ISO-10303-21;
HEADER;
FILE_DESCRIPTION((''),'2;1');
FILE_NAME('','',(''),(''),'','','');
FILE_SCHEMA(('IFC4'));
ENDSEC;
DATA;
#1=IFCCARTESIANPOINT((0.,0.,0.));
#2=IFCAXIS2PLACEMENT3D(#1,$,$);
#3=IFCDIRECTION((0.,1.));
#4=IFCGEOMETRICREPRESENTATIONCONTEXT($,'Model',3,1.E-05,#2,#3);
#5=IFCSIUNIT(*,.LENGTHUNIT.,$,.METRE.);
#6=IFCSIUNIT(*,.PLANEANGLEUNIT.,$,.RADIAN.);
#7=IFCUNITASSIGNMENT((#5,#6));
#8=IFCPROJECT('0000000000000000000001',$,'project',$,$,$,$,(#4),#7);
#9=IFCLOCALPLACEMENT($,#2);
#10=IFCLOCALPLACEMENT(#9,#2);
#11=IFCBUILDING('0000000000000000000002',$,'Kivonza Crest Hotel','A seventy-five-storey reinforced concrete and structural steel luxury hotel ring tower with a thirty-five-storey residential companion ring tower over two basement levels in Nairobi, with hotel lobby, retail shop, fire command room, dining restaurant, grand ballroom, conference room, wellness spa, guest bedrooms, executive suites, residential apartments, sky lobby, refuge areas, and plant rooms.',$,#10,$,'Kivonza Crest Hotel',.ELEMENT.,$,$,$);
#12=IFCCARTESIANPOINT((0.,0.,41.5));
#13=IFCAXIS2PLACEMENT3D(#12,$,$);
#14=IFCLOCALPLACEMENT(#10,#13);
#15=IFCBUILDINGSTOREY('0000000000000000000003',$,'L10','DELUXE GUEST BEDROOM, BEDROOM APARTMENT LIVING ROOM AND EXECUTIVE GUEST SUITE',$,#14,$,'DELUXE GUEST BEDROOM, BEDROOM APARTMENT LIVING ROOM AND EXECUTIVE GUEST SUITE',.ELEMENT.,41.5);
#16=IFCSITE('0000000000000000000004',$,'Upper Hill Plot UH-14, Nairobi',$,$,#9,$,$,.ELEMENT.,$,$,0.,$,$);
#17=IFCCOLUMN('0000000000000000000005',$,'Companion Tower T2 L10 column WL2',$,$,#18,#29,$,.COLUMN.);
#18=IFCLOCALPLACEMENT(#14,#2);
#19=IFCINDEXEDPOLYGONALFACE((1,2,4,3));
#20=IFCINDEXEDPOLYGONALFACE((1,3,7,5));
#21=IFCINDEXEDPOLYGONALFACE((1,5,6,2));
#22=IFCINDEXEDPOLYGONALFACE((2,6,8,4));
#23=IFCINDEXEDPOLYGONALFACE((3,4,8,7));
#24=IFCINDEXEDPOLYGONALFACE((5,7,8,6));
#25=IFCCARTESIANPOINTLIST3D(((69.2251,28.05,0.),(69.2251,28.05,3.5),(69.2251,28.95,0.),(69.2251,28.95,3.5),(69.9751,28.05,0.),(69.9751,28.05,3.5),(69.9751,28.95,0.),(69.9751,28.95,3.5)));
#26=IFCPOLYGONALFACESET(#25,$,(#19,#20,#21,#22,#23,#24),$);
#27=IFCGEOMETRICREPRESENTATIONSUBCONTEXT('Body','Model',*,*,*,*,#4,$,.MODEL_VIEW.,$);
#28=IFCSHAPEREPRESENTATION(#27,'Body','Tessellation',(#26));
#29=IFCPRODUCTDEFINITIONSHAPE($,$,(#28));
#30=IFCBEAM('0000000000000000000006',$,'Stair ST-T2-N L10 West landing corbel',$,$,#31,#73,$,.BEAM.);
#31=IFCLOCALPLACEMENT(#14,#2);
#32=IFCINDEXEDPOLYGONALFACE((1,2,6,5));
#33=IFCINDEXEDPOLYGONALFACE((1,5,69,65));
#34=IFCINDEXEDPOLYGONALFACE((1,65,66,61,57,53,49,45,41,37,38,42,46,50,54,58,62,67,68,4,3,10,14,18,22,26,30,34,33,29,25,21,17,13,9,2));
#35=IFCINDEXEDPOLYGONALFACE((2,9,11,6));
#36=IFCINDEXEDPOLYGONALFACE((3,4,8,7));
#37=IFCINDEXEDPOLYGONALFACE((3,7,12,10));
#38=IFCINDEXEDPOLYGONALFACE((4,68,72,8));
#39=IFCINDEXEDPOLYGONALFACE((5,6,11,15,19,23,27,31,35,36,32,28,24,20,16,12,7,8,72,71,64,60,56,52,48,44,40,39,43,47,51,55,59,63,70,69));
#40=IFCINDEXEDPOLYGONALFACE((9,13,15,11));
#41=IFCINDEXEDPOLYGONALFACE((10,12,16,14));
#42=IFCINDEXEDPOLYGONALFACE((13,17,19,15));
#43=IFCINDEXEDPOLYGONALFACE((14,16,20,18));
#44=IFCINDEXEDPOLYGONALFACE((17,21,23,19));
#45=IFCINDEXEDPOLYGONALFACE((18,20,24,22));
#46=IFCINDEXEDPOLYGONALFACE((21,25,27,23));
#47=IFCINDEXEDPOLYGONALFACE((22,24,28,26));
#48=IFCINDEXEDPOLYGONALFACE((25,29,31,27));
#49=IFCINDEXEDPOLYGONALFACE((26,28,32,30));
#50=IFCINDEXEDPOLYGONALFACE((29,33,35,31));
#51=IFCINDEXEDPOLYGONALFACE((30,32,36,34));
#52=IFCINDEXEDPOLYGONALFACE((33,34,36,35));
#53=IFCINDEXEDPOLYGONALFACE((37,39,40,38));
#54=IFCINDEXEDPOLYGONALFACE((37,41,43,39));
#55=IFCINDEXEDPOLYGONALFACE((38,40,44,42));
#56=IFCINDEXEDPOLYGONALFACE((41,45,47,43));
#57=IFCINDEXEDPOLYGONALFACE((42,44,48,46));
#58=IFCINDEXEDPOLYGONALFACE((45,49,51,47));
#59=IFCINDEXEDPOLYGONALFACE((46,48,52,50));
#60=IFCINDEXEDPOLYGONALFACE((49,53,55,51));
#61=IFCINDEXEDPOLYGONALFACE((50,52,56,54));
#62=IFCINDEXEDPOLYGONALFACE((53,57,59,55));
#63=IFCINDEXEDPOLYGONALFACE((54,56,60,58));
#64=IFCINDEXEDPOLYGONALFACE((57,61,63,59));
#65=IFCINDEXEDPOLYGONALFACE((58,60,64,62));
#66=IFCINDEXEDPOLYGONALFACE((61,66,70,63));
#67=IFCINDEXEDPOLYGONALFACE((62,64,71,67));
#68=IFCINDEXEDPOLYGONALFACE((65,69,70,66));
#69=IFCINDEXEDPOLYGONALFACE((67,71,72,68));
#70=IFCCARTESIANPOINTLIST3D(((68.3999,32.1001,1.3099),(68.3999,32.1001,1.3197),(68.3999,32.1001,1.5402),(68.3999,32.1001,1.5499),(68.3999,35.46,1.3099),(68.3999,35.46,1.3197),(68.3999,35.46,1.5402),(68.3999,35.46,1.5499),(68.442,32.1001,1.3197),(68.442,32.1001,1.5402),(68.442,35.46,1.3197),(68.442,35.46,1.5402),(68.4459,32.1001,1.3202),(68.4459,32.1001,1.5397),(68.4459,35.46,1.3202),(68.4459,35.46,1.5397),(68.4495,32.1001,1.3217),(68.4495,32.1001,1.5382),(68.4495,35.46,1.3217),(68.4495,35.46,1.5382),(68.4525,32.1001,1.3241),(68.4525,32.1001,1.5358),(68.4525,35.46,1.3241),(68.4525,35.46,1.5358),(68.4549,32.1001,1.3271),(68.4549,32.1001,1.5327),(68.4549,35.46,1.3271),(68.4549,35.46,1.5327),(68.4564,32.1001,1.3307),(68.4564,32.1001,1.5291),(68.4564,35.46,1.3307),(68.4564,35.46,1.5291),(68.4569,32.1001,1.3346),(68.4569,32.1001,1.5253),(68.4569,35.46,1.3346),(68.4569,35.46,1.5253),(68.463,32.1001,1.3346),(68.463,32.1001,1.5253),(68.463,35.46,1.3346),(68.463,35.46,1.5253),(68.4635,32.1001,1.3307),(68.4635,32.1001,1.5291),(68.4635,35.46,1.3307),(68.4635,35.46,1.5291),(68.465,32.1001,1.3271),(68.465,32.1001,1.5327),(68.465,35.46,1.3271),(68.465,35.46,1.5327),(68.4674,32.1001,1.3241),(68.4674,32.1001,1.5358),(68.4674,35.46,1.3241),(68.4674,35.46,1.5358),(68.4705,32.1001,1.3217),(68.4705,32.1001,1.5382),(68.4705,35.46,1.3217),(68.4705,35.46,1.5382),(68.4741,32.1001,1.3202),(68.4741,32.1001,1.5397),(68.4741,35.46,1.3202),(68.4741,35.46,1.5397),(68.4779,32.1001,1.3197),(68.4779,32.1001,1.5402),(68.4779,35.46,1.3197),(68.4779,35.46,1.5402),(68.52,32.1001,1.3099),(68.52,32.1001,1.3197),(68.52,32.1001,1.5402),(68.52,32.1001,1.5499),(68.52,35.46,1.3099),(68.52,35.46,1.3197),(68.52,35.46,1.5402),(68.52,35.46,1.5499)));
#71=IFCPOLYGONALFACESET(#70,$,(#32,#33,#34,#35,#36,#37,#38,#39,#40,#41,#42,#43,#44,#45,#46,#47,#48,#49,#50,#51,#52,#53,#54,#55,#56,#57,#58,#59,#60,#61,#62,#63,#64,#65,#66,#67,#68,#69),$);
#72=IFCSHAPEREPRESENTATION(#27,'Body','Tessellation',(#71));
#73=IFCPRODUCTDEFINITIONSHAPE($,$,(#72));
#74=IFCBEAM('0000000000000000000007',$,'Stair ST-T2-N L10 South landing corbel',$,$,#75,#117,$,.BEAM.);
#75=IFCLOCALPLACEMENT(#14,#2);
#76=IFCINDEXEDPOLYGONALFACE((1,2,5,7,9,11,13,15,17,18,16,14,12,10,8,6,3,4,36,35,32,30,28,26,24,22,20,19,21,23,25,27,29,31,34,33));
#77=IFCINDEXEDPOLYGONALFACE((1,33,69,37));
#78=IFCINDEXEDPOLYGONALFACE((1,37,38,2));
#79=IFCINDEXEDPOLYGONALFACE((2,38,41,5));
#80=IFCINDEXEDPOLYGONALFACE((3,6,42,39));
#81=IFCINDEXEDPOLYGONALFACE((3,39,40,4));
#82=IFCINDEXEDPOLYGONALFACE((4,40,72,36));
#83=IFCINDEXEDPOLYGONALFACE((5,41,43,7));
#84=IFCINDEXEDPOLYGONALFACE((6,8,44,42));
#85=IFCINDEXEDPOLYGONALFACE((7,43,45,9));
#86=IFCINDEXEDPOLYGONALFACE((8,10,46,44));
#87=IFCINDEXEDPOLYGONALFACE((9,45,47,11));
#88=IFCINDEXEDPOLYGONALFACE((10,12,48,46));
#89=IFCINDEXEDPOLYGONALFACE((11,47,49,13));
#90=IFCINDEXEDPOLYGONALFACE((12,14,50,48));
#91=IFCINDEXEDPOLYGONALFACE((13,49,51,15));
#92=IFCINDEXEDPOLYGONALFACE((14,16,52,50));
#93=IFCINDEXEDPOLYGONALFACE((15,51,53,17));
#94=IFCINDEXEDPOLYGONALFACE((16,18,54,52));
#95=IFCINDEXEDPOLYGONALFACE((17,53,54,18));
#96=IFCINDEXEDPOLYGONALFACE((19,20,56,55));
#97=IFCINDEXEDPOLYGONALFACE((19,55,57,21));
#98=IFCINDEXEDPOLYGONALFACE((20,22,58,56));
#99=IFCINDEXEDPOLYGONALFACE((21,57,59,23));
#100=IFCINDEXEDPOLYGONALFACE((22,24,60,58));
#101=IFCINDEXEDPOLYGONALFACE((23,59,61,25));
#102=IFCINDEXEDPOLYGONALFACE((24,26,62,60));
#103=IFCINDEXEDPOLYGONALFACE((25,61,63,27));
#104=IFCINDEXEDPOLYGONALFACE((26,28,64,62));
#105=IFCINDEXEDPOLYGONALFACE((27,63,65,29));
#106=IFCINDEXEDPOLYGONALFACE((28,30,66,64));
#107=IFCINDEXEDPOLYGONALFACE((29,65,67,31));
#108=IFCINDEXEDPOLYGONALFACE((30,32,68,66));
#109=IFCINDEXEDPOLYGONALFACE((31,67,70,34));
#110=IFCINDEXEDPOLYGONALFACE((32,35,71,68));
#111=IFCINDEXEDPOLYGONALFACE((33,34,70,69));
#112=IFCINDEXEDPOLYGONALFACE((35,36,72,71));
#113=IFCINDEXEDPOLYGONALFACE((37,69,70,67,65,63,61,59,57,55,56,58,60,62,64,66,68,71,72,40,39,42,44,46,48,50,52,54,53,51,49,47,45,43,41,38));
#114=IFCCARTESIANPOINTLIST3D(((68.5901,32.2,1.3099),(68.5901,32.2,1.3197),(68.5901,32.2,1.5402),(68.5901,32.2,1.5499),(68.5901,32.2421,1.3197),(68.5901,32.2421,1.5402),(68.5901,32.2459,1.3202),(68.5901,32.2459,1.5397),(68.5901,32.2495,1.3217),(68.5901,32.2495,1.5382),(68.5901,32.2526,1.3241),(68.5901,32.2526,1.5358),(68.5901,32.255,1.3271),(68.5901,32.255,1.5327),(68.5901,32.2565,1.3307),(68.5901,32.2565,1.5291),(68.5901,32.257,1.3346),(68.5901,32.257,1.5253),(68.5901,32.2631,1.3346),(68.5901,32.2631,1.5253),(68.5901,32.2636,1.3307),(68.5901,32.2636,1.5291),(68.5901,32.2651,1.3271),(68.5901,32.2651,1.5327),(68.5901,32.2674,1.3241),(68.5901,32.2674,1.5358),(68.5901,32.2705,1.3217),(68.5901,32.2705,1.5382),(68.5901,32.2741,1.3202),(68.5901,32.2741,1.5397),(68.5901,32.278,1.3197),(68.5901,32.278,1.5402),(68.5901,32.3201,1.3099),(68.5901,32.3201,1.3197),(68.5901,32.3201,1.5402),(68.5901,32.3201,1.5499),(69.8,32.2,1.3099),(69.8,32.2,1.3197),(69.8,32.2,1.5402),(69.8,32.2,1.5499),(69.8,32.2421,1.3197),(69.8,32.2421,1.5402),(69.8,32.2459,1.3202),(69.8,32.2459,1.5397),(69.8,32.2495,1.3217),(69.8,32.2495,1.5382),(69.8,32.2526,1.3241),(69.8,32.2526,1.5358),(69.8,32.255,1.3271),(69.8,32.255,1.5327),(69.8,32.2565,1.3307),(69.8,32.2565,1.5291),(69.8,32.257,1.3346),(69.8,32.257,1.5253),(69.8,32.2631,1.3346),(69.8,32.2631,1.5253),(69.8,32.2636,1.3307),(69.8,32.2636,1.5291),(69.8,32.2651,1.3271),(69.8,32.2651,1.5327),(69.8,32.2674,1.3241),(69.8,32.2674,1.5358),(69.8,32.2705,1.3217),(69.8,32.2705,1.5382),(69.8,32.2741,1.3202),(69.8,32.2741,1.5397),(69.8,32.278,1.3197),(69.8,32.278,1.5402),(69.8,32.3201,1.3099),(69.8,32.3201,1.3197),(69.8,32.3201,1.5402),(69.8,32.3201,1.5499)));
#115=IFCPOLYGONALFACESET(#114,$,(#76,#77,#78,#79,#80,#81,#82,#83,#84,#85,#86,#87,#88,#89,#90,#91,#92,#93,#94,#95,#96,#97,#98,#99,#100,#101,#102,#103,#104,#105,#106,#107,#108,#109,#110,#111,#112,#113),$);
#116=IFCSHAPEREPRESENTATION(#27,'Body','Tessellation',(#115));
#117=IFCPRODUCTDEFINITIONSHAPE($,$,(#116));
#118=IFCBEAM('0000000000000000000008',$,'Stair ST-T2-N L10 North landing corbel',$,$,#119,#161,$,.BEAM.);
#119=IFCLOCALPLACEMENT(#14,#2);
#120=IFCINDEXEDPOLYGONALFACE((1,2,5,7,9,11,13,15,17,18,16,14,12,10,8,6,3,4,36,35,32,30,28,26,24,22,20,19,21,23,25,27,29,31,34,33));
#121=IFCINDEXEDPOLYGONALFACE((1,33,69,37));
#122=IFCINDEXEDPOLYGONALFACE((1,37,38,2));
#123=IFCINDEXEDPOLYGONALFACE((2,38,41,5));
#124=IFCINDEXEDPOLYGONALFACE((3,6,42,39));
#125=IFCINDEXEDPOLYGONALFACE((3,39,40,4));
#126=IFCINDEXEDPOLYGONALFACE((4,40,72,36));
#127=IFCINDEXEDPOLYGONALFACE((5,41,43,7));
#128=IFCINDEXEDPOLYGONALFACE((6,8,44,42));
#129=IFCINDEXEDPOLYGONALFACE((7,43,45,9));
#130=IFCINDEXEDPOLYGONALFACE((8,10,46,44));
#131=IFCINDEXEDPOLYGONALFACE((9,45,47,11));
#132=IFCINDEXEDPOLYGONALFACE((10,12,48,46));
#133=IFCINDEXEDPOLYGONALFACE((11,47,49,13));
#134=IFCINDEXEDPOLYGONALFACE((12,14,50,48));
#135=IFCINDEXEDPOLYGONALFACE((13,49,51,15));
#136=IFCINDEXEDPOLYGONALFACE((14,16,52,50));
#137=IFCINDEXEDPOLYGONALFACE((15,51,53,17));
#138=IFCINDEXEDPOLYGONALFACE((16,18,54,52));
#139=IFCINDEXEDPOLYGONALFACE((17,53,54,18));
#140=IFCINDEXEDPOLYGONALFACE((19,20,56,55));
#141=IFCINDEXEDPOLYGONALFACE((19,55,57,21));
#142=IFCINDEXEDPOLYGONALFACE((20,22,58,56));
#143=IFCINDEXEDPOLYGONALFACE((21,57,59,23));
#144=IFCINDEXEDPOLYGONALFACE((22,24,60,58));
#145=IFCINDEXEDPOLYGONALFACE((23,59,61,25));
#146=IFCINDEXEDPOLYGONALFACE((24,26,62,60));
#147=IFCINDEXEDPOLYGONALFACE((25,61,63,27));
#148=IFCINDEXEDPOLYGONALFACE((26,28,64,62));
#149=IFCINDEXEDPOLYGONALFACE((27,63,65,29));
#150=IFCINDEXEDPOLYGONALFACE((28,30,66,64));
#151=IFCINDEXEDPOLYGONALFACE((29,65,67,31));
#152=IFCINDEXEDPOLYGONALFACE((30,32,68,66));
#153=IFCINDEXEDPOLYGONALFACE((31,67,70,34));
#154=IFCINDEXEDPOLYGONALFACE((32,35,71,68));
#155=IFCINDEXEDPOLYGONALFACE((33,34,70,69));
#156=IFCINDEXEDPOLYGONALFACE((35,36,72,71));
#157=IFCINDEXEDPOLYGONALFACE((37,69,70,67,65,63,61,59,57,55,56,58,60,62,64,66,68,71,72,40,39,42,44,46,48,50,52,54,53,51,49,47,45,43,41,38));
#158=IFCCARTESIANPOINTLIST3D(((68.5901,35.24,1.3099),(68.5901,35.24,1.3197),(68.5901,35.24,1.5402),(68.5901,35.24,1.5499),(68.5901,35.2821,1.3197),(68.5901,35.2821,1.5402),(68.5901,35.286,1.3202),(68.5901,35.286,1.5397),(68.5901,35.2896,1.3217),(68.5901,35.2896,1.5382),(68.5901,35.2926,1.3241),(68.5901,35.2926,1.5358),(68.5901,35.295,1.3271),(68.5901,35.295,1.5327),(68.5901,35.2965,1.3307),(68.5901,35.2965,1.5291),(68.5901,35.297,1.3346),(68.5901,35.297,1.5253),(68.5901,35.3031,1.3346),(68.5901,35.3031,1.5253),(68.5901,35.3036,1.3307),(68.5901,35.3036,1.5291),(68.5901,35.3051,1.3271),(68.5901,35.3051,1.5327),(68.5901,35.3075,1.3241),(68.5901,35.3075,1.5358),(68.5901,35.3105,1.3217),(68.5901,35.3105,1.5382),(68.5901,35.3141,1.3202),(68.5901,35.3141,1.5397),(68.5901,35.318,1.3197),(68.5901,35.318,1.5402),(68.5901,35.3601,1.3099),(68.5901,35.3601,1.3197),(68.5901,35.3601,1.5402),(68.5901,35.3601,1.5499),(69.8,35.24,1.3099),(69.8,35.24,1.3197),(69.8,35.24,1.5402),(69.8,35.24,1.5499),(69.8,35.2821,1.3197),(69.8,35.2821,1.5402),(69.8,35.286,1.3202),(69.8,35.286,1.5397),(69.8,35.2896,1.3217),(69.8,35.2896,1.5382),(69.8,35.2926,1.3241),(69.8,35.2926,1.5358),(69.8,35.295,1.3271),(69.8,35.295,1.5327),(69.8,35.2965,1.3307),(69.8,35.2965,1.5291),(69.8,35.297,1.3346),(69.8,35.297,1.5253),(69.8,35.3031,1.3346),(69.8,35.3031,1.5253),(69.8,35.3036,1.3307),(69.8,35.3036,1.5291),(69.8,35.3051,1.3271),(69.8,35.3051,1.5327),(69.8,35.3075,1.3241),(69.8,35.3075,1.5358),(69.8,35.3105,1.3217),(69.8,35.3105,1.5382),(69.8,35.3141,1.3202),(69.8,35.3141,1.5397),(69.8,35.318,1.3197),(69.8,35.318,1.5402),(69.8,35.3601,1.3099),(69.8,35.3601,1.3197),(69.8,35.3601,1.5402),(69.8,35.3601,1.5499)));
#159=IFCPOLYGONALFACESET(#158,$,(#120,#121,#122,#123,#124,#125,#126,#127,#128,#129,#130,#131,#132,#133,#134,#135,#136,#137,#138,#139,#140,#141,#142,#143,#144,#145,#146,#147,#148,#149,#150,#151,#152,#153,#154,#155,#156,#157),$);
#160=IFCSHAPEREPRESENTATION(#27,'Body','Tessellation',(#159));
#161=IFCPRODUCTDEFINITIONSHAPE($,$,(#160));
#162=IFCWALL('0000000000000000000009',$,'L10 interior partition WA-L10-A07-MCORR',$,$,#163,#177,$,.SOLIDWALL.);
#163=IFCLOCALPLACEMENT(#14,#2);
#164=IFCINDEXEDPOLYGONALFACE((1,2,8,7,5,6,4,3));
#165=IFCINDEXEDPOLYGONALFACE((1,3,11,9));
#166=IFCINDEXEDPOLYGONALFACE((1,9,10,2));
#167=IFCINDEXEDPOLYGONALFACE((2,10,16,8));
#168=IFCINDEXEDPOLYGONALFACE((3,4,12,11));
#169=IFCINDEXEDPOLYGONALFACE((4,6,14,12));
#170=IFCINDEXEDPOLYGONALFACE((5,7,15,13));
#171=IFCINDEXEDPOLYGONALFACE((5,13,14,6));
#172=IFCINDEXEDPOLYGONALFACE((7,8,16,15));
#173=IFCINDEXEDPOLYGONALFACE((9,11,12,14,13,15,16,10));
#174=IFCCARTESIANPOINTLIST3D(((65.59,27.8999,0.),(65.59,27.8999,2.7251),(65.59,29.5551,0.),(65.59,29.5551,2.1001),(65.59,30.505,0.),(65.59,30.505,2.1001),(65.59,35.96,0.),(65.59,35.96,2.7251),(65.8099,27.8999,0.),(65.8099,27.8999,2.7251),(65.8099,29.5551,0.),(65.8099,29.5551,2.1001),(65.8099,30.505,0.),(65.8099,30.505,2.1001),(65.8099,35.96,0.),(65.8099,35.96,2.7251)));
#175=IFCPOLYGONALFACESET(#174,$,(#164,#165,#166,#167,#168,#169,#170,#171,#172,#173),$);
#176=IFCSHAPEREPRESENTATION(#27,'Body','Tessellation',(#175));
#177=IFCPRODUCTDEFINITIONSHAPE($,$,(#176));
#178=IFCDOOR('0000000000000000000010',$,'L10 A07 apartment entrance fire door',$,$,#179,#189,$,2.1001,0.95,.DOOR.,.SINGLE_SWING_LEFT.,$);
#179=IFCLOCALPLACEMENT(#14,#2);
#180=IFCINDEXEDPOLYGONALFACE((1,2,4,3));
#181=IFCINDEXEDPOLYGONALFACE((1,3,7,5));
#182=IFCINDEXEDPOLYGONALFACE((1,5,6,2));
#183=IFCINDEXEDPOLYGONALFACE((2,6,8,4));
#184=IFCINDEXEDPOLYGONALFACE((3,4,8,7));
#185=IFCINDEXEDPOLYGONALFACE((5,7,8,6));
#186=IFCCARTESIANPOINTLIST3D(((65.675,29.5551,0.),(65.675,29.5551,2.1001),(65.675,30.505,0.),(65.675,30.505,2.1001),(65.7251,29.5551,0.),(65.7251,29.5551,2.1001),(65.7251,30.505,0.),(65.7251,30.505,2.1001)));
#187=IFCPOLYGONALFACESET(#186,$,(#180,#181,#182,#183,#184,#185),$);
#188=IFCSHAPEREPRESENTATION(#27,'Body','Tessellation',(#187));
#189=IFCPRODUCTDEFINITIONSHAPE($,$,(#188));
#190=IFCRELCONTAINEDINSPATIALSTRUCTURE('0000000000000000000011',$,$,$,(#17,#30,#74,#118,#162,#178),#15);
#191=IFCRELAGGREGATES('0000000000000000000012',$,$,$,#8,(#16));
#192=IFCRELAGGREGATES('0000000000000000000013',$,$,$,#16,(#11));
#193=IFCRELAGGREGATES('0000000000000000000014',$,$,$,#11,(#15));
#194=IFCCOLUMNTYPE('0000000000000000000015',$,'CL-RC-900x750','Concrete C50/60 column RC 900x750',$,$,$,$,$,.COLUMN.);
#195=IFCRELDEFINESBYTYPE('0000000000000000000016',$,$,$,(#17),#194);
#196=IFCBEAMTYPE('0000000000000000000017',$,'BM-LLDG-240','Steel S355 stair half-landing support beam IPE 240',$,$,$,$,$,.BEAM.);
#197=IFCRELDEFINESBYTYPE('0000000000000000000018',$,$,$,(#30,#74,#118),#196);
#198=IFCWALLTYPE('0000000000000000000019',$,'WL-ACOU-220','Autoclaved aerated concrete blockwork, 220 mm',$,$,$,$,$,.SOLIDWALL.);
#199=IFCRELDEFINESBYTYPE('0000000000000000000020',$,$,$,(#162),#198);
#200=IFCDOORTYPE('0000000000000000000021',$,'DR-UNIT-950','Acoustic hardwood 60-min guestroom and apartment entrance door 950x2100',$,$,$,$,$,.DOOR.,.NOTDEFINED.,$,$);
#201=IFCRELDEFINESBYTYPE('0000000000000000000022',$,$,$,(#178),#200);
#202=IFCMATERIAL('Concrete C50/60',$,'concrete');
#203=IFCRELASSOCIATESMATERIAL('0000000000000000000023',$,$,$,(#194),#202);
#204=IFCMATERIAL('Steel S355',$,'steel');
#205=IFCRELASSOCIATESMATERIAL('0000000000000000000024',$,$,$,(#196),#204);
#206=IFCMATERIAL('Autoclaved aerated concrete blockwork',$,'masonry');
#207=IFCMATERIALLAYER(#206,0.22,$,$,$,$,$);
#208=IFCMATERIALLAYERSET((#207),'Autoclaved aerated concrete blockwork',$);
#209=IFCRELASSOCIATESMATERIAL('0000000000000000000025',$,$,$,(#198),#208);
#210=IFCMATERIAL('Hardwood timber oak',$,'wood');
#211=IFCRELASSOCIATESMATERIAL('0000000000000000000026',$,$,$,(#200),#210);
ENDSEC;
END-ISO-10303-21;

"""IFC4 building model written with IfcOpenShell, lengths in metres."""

from ifc_helpers import new_model, si_unit, direction, frame, frame_2d, origin, origin_2d, place, context, subcontext, project, spatial, rectangle, i_section, extrude, material, layer, layer_set, material_profile, profile_set, type_object, element, fill, save


model = new_model("IFC4")

# Units and contexts
model_context = context("Model", 3, precision=1e-05, world=origin(), true_north=direction((0.0, 1.0)))
body_context = subcontext(model_context, "Body", "Model", "MODEL_VIEW")
ifc_project = project(units=[si_unit("LENGTHUNIT", "METRE"), si_unit("PLANEANGLEUNIT", "RADIAN")], contexts=[model_context])

# Site, building, storey
site_placement = place(None, origin())
site = spatial("IfcSite", under=ifc_project, at=site_placement, Name="Upper Hill Plot UH-14, Nairobi", CompositionType="ELEMENT", RefElevation=0.0)
building_placement = place(site_placement, origin())
building = spatial("IfcBuilding", under=site, at=building_placement, Name="Kivonza Crest Hotel", Description="A seventy-five-storey reinforced concrete and structural steel luxury hotel ring tower with a thirty-five-storey residential companion ring tower over two basement levels in Nairobi, with hotel lobby, retail shop, fire command room, dining restaurant, grand ballroom, conference room, wellness spa, guest bedrooms, executive suites, residential apartments, sky lobby, refuge areas, and plant rooms.", LongName="Kivonza Crest Hotel", CompositionType="ELEMENT")
storey_placement = place(building_placement, frame((0.0, 0.0, 41.5)))
storey = spatial("IfcBuildingStorey", under=building, at=storey_placement, Name="L10", Description="DELUXE GUEST BEDROOM, BEDROOM APARTMENT LIVING ROOM AND EXECUTIVE GUEST SUITE", LongName="DELUXE GUEST BEDROOM, BEDROOM APARTMENT LIVING ROOM AND EXECUTIVE GUEST SUITE", CompositionType="ELEMENT", Elevation=41.5)

# Column
ifc_material_1 = material(Name="Concrete C50/60", Category="concrete")
ifc_material_profile_1 = material_profile(ifc_material_1, rectangle(XDim=0.75, YDim=0.8999, at=origin_2d()), Name="RC 900x750")
ifc_profile_set_1 = profile_set([ifc_material_profile_1], Name="Concrete C50/60")
column_type = type_object("IfcColumnType", Name="CL-RC-900x750", Description="Concrete C50/60 column RC 900x750", PredefinedType="COLUMN", material=ifc_profile_set_1)
column_placement = place(storey_placement, frame((69.6001, 28.5, 0.0), z_axis=(0.0, 0.0, 1.0), x_axis=(1.0, 0.0, 0.0)))
element("IfcColumn", 1, at=column_placement, inside=storey, type_object=column_type, Name="Companion Tower T2 L10 column WL2", PredefinedType="COLUMN", context=body_context, shape_type="SweptSolid", body=[
    extrude(rectangle(XDim=0.75, YDim=0.8999, at=origin_2d()), origin(), (0.0, 0.0, 1.0), 3.5),
])

# Beams
ifc_material_2 = material(Name="Steel S355", Category="steel")
ifc_material_profile_2 = material_profile(ifc_material_2, i_section(OverallWidth=0.1201, OverallDepth=0.24, WebThickness=0.0061, FlangeThickness=0.0098, FilletRadius=0.0149, at=origin_2d()), Name="IPE 240")
ifc_profile_set_2 = profile_set([ifc_material_profile_2], Name="Steel S355")
beam_type = type_object("IfcBeamType", Name="BM-LLDG-240", Description="Steel S355 stair half-landing support beam IPE 240", PredefinedType="BEAM", material=ifc_profile_set_2)
beam_placement = place(storey_placement, frame((68.46, 32.1001, 1.4299), z_axis=(0.0, 1.0, 0.0), x_axis=(-1.0, 0.0, 0.0)))
element("IfcBeam", 2, at=beam_placement, inside=storey, type_object=beam_type, Name="Stair ST-T2-N L10 West landing corbel", PredefinedType="BEAM", context=body_context, shape_type="SweptSolid", body=[
    extrude(i_section(OverallWidth=0.1201, OverallDepth=0.24, WebThickness=0.0061, FlangeThickness=0.0098, FilletRadius=0.0149, at=origin_2d()), origin(), (0.0, 0.0, 1.0), 3.3599),
])
for number, where, z_axis, x_axis, name in (
    (3, (68.5901, 32.26, 1.4299), (1.0, 0.0, 0.0), (0.0, 1.0, 0.0), "Stair ST-T2-N L10 South landing corbel"),
    (4, (68.5901, 35.3, 1.4299), (1.0, 0.0, 0.0), (0.0, 1.0, 0.0), "Stair ST-T2-N L10 North landing corbel"),
):
    element("IfcBeam", number, at=place(storey_placement, frame(where, z_axis=z_axis, x_axis=x_axis)), inside=storey, type_object=beam_type, Name=name, PredefinedType="BEAM", context=body_context, shape_type="SweptSolid", body=[
        extrude(i_section(OverallWidth=0.1201, OverallDepth=0.24, WebThickness=0.0061, FlangeThickness=0.0098, FilletRadius=0.0149, at=origin_2d()), origin(), (0.0, 0.0, 1.0), 1.21),
    ])

# Wall, opening, door
ifc_material_3 = material(Name="Autoclaved aerated concrete blockwork", Category="masonry")
ifc_layer_1 = layer(ifc_material_3, 0.22)
ifc_layer_set_1 = layer_set([ifc_layer_1], Name="Autoclaved aerated concrete blockwork")
wall_type_1 = type_object("IfcWallType", Name="WL-ACOU-220", Description="Autoclaved aerated concrete blockwork, 220 mm", PredefinedType="SOLIDWALL", material=ifc_layer_set_1)
wall_1_placement = place(storey_placement, frame((65.7, 27.8999, 0.0), z_axis=(0.0, 0.0, 1.0), x_axis=(0.0, 1.0, 0.0)))
wall_1 = element("IfcWall", 5, at=wall_1_placement, inside=storey, type_object=wall_type_1, Name="L10 interior partition WA-L10-A07-MCORR", PredefinedType="SOLIDWALL", context=body_context, shape_type="SweptSolid", body=[
    extrude(rectangle(XDim=8.0601, YDim=0.22, at=frame_2d((4.03, 0.0))), origin(), (0.0, 0.0, 1.0), 2.7251),
])
opening_1_placement = place(wall_1_placement, frame((1.655, 0.0, 0.0)))
opening_1 = element("IfcOpeningElement", 6, at=opening_1_placement, cuts=wall_1, PredefinedType="OPENING", context=body_context, shape_type="SweptSolid", body=[
    extrude(rectangle(XDim=0.95, YDim=2.1001, at=frame_2d((0.4751, 1.05))), frame((0.0, 0.1201, 0.0), z_axis=(0.0, -1.0, 0.0), x_axis=(1.0, 0.0, 0.0)), (0.0, 0.0, 1.0), 0.24),
])
ifc_material_4 = material(Name="Hardwood timber oak", Category="wood")
door_type_1 = type_object("IfcDoorType", Name="DR-UNIT-950", Description="Acoustic hardwood 60-min guestroom and apartment entrance door 950x2100", OperationType="NOTDEFINED", PredefinedType="DOOR", material=ifc_material_4)
door_1_placement = place(opening_1_placement, origin())
door_1 = element("IfcDoor", 7, at=door_1_placement, inside=storey, type_object=door_type_1, Name="L10 A07 apartment entrance fire door", OperationType="SINGLE_SWING_LEFT", OverallHeight=2.1001, OverallWidth=0.95, PredefinedType="DOOR", context=body_context, shape_type="SweptSolid", body=[
    extrude(rectangle(XDim=0.95, YDim=2.1001, at=frame_2d((0.4751, 1.05))), frame((0.0, 0.0249, 0.0), z_axis=(0.0, -1.0, 0.0), x_axis=(1.0, 0.0, 0.0)), (0.0, 0.0, 1.0), 0.05),
])
fill(opening_1, door_1)

save(model, "model.ifc")
